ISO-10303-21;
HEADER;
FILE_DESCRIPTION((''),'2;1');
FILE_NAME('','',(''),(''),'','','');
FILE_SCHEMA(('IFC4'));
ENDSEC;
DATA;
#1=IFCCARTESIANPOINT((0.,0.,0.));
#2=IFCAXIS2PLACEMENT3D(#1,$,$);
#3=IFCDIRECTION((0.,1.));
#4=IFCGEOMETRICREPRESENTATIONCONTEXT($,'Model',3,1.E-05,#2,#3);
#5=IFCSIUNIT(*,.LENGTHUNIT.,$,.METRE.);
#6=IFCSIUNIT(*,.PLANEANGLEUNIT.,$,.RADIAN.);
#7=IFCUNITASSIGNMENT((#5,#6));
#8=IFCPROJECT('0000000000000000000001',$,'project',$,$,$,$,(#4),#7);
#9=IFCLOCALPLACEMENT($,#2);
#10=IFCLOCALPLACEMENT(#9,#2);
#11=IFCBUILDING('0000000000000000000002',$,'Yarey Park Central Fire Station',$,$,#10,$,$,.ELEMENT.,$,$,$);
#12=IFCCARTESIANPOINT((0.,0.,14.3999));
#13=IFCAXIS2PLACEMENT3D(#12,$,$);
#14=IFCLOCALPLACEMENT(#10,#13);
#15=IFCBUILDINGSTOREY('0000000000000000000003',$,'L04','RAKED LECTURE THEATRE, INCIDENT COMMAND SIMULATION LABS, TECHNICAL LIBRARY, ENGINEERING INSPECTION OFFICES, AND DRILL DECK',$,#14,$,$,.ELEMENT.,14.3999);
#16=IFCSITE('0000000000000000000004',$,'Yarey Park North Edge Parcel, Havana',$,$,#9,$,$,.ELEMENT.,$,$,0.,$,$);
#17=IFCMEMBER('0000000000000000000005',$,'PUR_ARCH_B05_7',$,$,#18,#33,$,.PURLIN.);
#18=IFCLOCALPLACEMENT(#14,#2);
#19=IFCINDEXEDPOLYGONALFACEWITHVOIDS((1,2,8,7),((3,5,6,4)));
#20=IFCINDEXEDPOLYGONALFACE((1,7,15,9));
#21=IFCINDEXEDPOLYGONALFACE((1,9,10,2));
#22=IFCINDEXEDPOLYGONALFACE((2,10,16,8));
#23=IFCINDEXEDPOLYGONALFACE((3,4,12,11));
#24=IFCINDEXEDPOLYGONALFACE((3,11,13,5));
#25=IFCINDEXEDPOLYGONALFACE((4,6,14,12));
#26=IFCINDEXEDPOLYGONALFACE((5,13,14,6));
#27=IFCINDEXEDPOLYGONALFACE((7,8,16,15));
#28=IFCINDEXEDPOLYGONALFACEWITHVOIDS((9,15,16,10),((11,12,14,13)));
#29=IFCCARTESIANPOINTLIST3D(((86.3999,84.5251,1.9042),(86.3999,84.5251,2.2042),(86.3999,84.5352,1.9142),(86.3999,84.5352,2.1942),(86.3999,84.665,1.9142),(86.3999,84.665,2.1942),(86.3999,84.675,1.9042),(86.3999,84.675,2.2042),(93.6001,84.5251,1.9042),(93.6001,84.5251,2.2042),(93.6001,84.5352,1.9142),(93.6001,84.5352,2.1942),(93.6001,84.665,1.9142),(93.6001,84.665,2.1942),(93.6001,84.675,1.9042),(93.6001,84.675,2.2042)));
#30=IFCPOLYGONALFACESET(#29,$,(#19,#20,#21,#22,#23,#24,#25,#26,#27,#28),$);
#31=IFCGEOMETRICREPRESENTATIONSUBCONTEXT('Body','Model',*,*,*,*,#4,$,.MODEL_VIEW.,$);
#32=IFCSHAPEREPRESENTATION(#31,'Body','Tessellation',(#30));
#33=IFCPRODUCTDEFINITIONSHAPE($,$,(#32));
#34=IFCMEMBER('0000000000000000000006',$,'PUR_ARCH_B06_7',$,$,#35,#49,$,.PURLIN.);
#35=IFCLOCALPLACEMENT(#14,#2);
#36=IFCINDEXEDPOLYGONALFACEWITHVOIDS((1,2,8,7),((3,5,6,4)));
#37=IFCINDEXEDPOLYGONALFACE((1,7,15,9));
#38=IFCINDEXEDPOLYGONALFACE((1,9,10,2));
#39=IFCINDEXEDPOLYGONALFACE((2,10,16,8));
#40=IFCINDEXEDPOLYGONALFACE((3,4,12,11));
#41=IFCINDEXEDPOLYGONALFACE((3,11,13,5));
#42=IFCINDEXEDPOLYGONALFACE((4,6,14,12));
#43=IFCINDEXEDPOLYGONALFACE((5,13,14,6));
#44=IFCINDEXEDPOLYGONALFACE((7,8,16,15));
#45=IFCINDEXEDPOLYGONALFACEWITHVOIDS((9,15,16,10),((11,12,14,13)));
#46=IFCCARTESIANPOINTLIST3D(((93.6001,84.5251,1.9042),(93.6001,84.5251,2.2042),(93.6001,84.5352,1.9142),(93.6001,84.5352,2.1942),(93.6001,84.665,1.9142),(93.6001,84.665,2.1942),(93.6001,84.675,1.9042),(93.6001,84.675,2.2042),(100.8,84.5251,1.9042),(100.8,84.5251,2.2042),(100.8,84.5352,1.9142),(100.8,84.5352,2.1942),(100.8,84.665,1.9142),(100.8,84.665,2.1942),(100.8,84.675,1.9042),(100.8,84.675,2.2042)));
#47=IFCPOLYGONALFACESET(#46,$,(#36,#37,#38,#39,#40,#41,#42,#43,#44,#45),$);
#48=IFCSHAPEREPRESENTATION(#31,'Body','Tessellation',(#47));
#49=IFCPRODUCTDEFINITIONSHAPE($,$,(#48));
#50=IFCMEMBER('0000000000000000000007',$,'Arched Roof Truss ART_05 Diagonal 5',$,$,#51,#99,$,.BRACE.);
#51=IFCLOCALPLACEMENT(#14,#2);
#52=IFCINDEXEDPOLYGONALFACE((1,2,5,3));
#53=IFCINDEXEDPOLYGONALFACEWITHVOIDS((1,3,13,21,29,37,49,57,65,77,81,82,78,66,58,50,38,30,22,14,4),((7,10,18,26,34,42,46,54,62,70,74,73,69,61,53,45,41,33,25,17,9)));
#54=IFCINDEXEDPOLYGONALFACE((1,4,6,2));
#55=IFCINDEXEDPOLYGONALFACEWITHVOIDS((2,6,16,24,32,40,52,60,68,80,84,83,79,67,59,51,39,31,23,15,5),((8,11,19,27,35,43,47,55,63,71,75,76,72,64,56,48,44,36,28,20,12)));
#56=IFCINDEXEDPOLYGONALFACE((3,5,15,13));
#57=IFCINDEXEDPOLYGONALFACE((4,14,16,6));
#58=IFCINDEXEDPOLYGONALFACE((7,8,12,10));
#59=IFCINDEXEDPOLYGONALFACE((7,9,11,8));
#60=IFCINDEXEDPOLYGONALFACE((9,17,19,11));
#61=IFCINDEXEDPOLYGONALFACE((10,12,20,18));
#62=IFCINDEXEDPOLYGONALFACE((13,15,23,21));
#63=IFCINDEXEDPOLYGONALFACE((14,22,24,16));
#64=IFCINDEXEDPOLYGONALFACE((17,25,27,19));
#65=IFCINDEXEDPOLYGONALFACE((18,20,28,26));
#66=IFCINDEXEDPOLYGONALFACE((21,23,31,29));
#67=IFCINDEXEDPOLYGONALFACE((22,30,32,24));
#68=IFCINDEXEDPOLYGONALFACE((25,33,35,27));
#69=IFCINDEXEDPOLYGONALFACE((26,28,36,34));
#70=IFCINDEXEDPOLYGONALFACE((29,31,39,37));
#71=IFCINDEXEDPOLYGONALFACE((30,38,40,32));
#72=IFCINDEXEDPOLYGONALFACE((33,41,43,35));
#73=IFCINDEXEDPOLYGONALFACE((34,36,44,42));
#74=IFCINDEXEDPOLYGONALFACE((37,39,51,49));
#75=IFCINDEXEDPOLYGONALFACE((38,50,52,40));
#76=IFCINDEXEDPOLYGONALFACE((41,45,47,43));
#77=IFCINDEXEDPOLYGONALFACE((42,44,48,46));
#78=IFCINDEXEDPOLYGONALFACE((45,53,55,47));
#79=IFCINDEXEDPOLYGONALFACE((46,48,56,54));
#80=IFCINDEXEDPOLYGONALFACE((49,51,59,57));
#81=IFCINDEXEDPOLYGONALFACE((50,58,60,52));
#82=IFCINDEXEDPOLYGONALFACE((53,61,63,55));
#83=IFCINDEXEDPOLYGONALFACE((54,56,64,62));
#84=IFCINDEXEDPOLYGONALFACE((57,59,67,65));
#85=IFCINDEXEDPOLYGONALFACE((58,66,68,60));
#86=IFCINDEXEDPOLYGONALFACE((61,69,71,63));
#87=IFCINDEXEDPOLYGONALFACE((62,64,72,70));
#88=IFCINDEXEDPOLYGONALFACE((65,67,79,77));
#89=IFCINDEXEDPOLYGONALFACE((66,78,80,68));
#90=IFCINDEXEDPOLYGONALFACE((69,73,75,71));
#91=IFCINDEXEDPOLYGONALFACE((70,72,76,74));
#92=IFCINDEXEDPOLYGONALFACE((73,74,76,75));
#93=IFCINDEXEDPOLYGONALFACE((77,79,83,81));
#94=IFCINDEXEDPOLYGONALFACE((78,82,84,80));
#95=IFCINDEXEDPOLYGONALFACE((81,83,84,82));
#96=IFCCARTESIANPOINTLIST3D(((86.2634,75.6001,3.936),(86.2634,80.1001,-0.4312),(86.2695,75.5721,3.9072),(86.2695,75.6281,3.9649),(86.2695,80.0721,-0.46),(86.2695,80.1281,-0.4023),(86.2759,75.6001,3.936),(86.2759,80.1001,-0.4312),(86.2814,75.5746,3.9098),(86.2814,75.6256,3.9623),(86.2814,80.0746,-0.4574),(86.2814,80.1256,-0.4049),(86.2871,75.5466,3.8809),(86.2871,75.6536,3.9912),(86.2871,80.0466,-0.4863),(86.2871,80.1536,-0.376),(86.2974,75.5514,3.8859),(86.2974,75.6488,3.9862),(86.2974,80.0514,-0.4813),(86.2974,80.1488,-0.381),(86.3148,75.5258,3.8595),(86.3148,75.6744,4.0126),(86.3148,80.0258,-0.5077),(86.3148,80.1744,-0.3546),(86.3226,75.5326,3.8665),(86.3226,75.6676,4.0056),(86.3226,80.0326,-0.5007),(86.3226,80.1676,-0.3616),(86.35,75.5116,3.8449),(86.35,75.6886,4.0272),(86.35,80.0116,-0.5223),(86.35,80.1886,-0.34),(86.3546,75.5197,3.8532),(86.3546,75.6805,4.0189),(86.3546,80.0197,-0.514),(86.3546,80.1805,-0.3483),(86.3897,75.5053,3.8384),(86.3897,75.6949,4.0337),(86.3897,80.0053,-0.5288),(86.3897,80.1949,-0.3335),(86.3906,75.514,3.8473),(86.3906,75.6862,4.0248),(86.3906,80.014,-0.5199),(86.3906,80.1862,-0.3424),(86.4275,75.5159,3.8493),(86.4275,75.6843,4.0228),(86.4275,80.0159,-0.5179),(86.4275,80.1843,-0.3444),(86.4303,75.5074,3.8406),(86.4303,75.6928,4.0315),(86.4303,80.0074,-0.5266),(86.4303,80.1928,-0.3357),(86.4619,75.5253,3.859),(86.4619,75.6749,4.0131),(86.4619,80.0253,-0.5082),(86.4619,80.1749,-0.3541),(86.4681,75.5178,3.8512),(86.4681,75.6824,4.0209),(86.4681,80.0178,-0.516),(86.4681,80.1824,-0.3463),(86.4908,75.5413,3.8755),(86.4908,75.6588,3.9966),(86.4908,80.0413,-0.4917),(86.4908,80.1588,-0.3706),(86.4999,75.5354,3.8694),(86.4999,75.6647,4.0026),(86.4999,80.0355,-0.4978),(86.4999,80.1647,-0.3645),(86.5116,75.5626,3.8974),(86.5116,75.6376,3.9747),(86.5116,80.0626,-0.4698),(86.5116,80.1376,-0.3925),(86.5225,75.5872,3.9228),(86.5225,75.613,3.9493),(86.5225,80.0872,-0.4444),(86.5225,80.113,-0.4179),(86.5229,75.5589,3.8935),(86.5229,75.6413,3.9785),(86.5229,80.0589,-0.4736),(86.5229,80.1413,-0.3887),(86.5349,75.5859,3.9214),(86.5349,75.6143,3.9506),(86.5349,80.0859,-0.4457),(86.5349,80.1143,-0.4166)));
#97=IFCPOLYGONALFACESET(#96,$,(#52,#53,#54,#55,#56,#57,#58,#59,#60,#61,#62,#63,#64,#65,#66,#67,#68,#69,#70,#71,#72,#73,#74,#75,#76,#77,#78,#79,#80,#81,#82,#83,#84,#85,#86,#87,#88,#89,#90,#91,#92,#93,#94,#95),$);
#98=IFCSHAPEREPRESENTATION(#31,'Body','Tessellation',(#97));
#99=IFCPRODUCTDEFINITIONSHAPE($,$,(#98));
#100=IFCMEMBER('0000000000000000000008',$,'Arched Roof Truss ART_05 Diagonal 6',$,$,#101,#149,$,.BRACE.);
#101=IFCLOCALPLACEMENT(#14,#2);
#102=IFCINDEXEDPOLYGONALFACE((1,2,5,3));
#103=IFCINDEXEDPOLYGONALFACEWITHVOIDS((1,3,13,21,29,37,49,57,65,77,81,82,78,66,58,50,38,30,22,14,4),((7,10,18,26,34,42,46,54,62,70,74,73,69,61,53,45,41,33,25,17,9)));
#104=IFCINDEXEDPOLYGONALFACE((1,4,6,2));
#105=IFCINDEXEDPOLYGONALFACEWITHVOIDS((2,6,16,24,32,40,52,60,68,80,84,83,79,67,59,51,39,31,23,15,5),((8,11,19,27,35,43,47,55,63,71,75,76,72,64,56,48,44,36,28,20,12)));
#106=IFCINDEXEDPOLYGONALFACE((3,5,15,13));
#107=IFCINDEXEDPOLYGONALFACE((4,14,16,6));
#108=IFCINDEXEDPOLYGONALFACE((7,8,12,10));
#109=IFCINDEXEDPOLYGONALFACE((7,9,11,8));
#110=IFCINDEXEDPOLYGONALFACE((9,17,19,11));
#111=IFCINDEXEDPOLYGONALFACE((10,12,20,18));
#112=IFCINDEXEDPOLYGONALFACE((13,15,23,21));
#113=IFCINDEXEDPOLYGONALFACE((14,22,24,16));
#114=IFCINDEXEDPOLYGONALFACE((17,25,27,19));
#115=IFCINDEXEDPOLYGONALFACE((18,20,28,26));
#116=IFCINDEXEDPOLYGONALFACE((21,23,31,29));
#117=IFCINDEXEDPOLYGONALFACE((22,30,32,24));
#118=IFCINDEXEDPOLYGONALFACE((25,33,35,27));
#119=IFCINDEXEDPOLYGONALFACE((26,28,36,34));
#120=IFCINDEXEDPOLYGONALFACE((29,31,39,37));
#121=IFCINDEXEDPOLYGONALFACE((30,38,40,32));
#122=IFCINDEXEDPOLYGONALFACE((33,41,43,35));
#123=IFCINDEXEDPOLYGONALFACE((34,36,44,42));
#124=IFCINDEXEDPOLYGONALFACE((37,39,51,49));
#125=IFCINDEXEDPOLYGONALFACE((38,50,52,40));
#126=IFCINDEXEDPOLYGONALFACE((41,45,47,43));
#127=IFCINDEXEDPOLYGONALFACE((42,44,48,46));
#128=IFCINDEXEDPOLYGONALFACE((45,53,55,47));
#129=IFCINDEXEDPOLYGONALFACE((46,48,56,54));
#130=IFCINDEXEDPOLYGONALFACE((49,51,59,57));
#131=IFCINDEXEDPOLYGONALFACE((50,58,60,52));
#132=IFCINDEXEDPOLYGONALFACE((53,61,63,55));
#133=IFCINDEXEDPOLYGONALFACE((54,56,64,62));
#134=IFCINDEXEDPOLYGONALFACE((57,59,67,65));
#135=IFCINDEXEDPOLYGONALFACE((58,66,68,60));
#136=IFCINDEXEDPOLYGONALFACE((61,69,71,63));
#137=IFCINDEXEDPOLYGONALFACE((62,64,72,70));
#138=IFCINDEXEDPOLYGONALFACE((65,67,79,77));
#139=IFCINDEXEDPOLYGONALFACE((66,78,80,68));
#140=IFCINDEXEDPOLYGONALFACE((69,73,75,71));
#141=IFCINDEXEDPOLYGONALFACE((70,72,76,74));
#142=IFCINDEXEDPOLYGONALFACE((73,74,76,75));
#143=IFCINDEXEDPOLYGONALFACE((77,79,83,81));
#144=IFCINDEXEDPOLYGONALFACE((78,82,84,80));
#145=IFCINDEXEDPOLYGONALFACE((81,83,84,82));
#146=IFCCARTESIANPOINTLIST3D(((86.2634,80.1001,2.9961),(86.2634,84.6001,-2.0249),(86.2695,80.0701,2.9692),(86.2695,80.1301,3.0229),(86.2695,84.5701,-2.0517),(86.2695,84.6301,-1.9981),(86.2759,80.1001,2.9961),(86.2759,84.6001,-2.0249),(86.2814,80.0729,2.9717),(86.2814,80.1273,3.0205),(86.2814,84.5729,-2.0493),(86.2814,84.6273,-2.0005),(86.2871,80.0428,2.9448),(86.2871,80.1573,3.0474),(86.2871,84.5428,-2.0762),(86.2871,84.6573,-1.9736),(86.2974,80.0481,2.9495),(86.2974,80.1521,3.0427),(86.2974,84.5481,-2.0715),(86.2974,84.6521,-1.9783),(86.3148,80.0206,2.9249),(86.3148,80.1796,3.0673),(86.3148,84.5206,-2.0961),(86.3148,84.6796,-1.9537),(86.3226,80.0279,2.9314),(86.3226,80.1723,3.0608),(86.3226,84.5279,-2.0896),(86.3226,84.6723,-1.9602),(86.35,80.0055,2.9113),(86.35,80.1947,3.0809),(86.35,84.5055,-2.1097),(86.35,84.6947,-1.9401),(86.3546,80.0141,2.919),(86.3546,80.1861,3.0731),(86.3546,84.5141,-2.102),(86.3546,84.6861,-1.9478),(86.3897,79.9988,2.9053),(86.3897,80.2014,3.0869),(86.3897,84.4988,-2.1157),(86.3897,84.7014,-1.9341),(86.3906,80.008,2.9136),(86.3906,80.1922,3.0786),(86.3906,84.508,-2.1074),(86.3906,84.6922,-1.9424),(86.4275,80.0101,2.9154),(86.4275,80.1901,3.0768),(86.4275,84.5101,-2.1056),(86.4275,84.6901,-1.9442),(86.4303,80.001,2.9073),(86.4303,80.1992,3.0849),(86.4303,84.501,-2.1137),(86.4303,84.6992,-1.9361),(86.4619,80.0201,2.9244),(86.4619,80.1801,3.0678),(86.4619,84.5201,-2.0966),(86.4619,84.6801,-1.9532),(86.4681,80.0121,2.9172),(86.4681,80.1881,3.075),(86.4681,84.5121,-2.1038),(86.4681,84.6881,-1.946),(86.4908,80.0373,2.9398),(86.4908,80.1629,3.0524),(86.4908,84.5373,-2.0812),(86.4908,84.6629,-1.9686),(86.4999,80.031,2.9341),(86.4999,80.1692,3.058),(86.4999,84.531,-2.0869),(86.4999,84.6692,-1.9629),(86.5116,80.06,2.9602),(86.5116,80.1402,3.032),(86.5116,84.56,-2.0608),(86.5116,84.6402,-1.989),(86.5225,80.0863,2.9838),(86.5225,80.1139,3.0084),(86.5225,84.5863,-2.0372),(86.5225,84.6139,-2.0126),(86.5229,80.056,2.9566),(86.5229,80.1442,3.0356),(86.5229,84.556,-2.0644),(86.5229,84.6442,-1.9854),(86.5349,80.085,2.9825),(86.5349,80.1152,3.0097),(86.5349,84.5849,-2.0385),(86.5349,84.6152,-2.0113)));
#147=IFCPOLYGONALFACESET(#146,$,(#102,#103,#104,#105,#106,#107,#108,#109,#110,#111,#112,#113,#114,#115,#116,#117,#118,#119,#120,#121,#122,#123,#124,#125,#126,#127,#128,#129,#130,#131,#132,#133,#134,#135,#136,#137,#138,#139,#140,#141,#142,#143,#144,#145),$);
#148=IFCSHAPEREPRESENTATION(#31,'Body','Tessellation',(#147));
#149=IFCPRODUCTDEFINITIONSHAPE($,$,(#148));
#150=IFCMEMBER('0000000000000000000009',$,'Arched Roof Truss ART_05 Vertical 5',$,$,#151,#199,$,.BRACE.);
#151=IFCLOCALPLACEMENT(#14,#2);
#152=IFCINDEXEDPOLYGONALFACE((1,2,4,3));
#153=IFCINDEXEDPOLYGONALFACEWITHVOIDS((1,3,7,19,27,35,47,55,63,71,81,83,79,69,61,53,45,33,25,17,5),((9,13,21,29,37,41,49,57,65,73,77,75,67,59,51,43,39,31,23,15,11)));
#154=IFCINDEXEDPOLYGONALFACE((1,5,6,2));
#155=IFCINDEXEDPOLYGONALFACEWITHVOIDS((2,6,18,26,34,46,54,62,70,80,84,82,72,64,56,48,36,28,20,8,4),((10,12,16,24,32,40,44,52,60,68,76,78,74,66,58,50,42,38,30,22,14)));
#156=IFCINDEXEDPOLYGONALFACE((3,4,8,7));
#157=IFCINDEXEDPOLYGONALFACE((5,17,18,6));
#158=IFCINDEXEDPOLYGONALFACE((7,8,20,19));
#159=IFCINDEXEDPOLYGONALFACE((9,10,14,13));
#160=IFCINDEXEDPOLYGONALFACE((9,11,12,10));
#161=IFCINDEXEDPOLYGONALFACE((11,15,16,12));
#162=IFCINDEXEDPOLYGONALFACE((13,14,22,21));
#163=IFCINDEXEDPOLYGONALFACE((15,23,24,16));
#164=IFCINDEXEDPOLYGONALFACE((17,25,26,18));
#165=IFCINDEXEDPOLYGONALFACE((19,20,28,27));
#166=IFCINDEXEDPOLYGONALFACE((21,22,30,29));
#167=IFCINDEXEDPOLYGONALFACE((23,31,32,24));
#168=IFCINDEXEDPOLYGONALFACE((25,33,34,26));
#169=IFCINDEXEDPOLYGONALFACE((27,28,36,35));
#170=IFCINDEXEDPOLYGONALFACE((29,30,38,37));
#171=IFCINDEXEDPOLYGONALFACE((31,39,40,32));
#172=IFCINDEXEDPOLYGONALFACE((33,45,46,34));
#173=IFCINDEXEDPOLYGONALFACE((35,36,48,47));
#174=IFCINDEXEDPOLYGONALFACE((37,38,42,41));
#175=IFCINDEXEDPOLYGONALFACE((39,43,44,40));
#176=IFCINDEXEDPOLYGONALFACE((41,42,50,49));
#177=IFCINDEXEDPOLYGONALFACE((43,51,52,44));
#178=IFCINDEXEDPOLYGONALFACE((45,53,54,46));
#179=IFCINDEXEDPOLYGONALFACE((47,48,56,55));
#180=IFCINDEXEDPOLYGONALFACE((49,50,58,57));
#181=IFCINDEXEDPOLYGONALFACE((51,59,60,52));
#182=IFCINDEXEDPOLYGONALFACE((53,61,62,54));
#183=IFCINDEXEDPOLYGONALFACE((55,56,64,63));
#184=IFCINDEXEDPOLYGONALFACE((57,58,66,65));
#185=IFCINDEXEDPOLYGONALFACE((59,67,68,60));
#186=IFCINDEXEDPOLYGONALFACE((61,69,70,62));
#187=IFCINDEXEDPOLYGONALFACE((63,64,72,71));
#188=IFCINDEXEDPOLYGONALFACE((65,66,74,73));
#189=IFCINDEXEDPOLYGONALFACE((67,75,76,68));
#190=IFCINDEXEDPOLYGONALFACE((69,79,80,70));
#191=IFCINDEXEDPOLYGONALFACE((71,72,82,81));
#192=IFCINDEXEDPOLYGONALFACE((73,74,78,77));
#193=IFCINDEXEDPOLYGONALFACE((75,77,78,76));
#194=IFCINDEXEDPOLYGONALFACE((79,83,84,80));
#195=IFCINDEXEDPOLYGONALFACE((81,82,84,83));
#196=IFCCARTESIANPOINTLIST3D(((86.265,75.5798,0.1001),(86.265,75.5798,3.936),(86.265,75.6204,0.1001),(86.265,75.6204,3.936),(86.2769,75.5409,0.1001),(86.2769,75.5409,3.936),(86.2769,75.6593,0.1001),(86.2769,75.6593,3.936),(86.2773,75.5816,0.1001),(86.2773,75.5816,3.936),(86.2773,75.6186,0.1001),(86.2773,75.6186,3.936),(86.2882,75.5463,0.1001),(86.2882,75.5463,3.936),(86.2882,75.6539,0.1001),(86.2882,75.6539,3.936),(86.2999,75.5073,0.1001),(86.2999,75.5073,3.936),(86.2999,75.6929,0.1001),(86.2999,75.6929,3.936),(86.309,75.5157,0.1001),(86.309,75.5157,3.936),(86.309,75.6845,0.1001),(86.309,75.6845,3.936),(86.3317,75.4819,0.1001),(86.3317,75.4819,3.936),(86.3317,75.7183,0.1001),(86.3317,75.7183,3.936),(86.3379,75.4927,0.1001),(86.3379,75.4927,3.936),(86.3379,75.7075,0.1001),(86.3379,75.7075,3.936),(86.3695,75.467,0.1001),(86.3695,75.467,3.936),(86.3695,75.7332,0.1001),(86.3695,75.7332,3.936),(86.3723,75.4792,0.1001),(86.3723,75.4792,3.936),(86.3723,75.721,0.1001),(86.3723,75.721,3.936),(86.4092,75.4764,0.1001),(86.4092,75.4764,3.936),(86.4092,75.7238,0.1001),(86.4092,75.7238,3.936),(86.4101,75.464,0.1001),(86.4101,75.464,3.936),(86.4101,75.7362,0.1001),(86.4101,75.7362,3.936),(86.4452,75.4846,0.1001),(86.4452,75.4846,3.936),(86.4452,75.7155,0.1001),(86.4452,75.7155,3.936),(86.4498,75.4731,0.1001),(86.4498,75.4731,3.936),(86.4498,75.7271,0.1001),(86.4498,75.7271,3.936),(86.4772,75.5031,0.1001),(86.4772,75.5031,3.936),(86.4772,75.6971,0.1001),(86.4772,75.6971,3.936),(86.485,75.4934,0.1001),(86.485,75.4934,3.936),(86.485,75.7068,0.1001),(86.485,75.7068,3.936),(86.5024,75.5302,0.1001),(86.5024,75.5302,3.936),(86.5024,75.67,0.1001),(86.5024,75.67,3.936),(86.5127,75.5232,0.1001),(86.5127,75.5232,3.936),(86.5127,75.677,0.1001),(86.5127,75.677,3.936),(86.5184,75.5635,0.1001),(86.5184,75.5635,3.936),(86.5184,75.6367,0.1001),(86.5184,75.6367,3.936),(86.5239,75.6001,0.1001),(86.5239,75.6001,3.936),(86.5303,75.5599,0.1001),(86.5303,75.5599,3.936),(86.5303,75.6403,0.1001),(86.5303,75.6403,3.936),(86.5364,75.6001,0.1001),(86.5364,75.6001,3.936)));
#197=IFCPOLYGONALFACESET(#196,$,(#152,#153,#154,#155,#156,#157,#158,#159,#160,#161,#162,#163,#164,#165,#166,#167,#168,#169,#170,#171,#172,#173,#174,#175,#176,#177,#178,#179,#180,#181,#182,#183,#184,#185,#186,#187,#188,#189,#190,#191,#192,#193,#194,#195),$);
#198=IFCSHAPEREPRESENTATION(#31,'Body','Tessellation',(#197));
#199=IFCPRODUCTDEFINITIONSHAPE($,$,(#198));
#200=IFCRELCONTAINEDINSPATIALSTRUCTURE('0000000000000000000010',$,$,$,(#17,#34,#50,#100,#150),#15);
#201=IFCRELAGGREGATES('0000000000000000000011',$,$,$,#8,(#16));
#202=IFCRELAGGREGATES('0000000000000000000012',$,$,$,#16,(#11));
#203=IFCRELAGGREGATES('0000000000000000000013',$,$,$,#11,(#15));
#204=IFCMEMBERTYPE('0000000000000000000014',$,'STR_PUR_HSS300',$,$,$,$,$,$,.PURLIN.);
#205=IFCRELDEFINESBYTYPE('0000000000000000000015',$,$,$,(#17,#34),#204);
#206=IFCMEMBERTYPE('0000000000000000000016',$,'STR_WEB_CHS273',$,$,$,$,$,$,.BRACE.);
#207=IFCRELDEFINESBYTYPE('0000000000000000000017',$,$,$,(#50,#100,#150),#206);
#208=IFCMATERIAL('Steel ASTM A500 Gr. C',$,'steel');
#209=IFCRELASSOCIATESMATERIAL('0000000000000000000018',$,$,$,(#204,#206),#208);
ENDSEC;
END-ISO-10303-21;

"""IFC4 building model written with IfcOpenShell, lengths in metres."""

from ifc_helpers import new_model, si_unit, direction, frame, origin, origin_2d, place, context, subcontext, project, spatial, hollow_rectangle, hollow_circle, extrude, material, material_profile, profile_set, type_object, element, save


model = new_model("IFC4")

# Units and contexts
model_context = context("Model", 3, precision=1e-05, world=origin(), true_north=direction((0.0, 1.0)))
body_context = subcontext(model_context, "Body", "Model", "MODEL_VIEW")
ifc_project = project(units=[si_unit("LENGTHUNIT", "METRE"), si_unit("PLANEANGLEUNIT", "RADIAN")], contexts=[model_context])

# Site, building, storey
site_placement = place(None, origin())
site = spatial("IfcSite", under=ifc_project, at=site_placement, Name="Yarey Park North Edge Parcel, Havana", CompositionType="ELEMENT", RefElevation=0.0)
building_placement = place(site_placement, origin())
building = spatial("IfcBuilding", under=site, at=building_placement, Name="Yarey Park Central Fire Station", CompositionType="ELEMENT")
storey_placement = place(building_placement, frame((0.0, 0.0, 14.3999)))
storey = spatial("IfcBuildingStorey", under=building, at=storey_placement, Name="L04", Description="RAKED LECTURE THEATRE, INCIDENT COMMAND SIMULATION LABS, TECHNICAL LIBRARY, ENGINEERING INSPECTION OFFICES, AND DRILL DECK", CompositionType="ELEMENT", Elevation=14.3999)

# Members
ifc_material = material(Name="Steel ASTM A500 Gr. C", Category="steel")
ifc_material_profile_1 = material_profile(ifc_material, hollow_rectangle(XDim=0.1499, YDim=0.3, WallThickness=0.01, at=origin_2d()), Name="HSS 300x150x10")
ifc_profile_set_1 = profile_set([ifc_material_profile_1], Name="Steel ASTM A500 Gr. C")
member_type_1 = type_object("IfcMemberType", Name="STR_PUR_HSS300", PredefinedType="PURLIN", material=ifc_profile_set_1)
member_1_placement = place(storey_placement, frame((86.3999, 84.6001, 2.0542), z_axis=(1.0, 0.0, 0.0), x_axis=(0.0, 1.0, 0.0)))
element("IfcMember", 1, at=member_1_placement, inside=storey, type_object=member_type_1, Name="PUR_ARCH_B05_7", PredefinedType="PURLIN", context=body_context, shape_type="SweptSolid", body=[
    extrude(hollow_rectangle(XDim=0.1499, YDim=0.3, WallThickness=0.01, at=origin_2d()), origin(), (0.0, 0.0, 1.0), 7.2002),
])
member_2_placement = place(storey_placement, frame((93.6001, 84.6001, 2.0542), z_axis=(1.0, 0.0, 0.0), x_axis=(0.0, 1.0, 0.0)))
element("IfcMember", 2, at=member_2_placement, inside=storey, type_object=member_type_1, Name="PUR_ARCH_B06_7", PredefinedType="PURLIN", context=body_context, shape_type="SweptSolid", body=[
    extrude(hollow_rectangle(XDim=0.1499, YDim=0.3, WallThickness=0.01, at=origin_2d()), origin(), (0.0, 0.0, 1.0), 7.2),
])
ifc_material_profile_2 = material_profile(ifc_material, hollow_circle(Radius=0.1365, WallThickness=0.0125, at=origin_2d()), Name="CHS 273x12.5")
ifc_profile_set_2 = profile_set([ifc_material_profile_2], Name="Steel ASTM A500 Gr. C")
member_type_2 = type_object("IfcMemberType", Name="STR_WEB_CHS273", PredefinedType="BRACE", material=ifc_profile_set_2)
member_3_placement = place(storey_placement, frame((86.3999, 75.6001, 3.936), z_axis=(0.0, 0.717617, -0.696438), x_axis=(-1.0, 0.0, 0.0)))
element("IfcMember", 3, at=member_3_placement, inside=storey, type_object=member_type_2, Name="Arched Roof Truss ART_05 Diagonal 5", PredefinedType="BRACE", context=body_context, shape_type="SweptSolid", body=[
    extrude(hollow_circle(Radius=0.1365, WallThickness=0.0125, at=origin_2d()), origin(), (0.0, 0.0, 1.0), 6.2708),
])
member_4_placement = place(storey_placement, frame((86.3999, 80.1001, 2.9961), z_axis=(0.0, 0.667415, -0.744686), x_axis=(-1.0, 0.0, 0.0)))
element("IfcMember", 4, at=member_4_placement, inside=storey, type_object=member_type_2, Name="Arched Roof Truss ART_05 Diagonal 6", PredefinedType="BRACE", context=body_context, shape_type="SweptSolid", body=[
    extrude(hollow_circle(Radius=0.1365, WallThickness=0.0125, at=origin_2d()), origin(), (0.0, 0.0, 1.0), 6.7424),
])
member_5_placement = place(storey_placement, frame((86.3999, 75.6001, 0.1001), z_axis=(0.0, 0.0, 1.0), x_axis=(1.0, 0.0, 0.0)))
element("IfcMember", 5, at=member_5_placement, inside=storey, type_object=member_type_2, Name="Arched Roof Truss ART_05 Vertical 5", PredefinedType="BRACE", context=body_context, shape_type="SweptSolid", body=[
    extrude(hollow_circle(Radius=0.1365, WallThickness=0.0125, at=origin_2d()), origin(), (0.0, 0.0, 1.0), 3.8359),
])

save(model, "model.ifc")
